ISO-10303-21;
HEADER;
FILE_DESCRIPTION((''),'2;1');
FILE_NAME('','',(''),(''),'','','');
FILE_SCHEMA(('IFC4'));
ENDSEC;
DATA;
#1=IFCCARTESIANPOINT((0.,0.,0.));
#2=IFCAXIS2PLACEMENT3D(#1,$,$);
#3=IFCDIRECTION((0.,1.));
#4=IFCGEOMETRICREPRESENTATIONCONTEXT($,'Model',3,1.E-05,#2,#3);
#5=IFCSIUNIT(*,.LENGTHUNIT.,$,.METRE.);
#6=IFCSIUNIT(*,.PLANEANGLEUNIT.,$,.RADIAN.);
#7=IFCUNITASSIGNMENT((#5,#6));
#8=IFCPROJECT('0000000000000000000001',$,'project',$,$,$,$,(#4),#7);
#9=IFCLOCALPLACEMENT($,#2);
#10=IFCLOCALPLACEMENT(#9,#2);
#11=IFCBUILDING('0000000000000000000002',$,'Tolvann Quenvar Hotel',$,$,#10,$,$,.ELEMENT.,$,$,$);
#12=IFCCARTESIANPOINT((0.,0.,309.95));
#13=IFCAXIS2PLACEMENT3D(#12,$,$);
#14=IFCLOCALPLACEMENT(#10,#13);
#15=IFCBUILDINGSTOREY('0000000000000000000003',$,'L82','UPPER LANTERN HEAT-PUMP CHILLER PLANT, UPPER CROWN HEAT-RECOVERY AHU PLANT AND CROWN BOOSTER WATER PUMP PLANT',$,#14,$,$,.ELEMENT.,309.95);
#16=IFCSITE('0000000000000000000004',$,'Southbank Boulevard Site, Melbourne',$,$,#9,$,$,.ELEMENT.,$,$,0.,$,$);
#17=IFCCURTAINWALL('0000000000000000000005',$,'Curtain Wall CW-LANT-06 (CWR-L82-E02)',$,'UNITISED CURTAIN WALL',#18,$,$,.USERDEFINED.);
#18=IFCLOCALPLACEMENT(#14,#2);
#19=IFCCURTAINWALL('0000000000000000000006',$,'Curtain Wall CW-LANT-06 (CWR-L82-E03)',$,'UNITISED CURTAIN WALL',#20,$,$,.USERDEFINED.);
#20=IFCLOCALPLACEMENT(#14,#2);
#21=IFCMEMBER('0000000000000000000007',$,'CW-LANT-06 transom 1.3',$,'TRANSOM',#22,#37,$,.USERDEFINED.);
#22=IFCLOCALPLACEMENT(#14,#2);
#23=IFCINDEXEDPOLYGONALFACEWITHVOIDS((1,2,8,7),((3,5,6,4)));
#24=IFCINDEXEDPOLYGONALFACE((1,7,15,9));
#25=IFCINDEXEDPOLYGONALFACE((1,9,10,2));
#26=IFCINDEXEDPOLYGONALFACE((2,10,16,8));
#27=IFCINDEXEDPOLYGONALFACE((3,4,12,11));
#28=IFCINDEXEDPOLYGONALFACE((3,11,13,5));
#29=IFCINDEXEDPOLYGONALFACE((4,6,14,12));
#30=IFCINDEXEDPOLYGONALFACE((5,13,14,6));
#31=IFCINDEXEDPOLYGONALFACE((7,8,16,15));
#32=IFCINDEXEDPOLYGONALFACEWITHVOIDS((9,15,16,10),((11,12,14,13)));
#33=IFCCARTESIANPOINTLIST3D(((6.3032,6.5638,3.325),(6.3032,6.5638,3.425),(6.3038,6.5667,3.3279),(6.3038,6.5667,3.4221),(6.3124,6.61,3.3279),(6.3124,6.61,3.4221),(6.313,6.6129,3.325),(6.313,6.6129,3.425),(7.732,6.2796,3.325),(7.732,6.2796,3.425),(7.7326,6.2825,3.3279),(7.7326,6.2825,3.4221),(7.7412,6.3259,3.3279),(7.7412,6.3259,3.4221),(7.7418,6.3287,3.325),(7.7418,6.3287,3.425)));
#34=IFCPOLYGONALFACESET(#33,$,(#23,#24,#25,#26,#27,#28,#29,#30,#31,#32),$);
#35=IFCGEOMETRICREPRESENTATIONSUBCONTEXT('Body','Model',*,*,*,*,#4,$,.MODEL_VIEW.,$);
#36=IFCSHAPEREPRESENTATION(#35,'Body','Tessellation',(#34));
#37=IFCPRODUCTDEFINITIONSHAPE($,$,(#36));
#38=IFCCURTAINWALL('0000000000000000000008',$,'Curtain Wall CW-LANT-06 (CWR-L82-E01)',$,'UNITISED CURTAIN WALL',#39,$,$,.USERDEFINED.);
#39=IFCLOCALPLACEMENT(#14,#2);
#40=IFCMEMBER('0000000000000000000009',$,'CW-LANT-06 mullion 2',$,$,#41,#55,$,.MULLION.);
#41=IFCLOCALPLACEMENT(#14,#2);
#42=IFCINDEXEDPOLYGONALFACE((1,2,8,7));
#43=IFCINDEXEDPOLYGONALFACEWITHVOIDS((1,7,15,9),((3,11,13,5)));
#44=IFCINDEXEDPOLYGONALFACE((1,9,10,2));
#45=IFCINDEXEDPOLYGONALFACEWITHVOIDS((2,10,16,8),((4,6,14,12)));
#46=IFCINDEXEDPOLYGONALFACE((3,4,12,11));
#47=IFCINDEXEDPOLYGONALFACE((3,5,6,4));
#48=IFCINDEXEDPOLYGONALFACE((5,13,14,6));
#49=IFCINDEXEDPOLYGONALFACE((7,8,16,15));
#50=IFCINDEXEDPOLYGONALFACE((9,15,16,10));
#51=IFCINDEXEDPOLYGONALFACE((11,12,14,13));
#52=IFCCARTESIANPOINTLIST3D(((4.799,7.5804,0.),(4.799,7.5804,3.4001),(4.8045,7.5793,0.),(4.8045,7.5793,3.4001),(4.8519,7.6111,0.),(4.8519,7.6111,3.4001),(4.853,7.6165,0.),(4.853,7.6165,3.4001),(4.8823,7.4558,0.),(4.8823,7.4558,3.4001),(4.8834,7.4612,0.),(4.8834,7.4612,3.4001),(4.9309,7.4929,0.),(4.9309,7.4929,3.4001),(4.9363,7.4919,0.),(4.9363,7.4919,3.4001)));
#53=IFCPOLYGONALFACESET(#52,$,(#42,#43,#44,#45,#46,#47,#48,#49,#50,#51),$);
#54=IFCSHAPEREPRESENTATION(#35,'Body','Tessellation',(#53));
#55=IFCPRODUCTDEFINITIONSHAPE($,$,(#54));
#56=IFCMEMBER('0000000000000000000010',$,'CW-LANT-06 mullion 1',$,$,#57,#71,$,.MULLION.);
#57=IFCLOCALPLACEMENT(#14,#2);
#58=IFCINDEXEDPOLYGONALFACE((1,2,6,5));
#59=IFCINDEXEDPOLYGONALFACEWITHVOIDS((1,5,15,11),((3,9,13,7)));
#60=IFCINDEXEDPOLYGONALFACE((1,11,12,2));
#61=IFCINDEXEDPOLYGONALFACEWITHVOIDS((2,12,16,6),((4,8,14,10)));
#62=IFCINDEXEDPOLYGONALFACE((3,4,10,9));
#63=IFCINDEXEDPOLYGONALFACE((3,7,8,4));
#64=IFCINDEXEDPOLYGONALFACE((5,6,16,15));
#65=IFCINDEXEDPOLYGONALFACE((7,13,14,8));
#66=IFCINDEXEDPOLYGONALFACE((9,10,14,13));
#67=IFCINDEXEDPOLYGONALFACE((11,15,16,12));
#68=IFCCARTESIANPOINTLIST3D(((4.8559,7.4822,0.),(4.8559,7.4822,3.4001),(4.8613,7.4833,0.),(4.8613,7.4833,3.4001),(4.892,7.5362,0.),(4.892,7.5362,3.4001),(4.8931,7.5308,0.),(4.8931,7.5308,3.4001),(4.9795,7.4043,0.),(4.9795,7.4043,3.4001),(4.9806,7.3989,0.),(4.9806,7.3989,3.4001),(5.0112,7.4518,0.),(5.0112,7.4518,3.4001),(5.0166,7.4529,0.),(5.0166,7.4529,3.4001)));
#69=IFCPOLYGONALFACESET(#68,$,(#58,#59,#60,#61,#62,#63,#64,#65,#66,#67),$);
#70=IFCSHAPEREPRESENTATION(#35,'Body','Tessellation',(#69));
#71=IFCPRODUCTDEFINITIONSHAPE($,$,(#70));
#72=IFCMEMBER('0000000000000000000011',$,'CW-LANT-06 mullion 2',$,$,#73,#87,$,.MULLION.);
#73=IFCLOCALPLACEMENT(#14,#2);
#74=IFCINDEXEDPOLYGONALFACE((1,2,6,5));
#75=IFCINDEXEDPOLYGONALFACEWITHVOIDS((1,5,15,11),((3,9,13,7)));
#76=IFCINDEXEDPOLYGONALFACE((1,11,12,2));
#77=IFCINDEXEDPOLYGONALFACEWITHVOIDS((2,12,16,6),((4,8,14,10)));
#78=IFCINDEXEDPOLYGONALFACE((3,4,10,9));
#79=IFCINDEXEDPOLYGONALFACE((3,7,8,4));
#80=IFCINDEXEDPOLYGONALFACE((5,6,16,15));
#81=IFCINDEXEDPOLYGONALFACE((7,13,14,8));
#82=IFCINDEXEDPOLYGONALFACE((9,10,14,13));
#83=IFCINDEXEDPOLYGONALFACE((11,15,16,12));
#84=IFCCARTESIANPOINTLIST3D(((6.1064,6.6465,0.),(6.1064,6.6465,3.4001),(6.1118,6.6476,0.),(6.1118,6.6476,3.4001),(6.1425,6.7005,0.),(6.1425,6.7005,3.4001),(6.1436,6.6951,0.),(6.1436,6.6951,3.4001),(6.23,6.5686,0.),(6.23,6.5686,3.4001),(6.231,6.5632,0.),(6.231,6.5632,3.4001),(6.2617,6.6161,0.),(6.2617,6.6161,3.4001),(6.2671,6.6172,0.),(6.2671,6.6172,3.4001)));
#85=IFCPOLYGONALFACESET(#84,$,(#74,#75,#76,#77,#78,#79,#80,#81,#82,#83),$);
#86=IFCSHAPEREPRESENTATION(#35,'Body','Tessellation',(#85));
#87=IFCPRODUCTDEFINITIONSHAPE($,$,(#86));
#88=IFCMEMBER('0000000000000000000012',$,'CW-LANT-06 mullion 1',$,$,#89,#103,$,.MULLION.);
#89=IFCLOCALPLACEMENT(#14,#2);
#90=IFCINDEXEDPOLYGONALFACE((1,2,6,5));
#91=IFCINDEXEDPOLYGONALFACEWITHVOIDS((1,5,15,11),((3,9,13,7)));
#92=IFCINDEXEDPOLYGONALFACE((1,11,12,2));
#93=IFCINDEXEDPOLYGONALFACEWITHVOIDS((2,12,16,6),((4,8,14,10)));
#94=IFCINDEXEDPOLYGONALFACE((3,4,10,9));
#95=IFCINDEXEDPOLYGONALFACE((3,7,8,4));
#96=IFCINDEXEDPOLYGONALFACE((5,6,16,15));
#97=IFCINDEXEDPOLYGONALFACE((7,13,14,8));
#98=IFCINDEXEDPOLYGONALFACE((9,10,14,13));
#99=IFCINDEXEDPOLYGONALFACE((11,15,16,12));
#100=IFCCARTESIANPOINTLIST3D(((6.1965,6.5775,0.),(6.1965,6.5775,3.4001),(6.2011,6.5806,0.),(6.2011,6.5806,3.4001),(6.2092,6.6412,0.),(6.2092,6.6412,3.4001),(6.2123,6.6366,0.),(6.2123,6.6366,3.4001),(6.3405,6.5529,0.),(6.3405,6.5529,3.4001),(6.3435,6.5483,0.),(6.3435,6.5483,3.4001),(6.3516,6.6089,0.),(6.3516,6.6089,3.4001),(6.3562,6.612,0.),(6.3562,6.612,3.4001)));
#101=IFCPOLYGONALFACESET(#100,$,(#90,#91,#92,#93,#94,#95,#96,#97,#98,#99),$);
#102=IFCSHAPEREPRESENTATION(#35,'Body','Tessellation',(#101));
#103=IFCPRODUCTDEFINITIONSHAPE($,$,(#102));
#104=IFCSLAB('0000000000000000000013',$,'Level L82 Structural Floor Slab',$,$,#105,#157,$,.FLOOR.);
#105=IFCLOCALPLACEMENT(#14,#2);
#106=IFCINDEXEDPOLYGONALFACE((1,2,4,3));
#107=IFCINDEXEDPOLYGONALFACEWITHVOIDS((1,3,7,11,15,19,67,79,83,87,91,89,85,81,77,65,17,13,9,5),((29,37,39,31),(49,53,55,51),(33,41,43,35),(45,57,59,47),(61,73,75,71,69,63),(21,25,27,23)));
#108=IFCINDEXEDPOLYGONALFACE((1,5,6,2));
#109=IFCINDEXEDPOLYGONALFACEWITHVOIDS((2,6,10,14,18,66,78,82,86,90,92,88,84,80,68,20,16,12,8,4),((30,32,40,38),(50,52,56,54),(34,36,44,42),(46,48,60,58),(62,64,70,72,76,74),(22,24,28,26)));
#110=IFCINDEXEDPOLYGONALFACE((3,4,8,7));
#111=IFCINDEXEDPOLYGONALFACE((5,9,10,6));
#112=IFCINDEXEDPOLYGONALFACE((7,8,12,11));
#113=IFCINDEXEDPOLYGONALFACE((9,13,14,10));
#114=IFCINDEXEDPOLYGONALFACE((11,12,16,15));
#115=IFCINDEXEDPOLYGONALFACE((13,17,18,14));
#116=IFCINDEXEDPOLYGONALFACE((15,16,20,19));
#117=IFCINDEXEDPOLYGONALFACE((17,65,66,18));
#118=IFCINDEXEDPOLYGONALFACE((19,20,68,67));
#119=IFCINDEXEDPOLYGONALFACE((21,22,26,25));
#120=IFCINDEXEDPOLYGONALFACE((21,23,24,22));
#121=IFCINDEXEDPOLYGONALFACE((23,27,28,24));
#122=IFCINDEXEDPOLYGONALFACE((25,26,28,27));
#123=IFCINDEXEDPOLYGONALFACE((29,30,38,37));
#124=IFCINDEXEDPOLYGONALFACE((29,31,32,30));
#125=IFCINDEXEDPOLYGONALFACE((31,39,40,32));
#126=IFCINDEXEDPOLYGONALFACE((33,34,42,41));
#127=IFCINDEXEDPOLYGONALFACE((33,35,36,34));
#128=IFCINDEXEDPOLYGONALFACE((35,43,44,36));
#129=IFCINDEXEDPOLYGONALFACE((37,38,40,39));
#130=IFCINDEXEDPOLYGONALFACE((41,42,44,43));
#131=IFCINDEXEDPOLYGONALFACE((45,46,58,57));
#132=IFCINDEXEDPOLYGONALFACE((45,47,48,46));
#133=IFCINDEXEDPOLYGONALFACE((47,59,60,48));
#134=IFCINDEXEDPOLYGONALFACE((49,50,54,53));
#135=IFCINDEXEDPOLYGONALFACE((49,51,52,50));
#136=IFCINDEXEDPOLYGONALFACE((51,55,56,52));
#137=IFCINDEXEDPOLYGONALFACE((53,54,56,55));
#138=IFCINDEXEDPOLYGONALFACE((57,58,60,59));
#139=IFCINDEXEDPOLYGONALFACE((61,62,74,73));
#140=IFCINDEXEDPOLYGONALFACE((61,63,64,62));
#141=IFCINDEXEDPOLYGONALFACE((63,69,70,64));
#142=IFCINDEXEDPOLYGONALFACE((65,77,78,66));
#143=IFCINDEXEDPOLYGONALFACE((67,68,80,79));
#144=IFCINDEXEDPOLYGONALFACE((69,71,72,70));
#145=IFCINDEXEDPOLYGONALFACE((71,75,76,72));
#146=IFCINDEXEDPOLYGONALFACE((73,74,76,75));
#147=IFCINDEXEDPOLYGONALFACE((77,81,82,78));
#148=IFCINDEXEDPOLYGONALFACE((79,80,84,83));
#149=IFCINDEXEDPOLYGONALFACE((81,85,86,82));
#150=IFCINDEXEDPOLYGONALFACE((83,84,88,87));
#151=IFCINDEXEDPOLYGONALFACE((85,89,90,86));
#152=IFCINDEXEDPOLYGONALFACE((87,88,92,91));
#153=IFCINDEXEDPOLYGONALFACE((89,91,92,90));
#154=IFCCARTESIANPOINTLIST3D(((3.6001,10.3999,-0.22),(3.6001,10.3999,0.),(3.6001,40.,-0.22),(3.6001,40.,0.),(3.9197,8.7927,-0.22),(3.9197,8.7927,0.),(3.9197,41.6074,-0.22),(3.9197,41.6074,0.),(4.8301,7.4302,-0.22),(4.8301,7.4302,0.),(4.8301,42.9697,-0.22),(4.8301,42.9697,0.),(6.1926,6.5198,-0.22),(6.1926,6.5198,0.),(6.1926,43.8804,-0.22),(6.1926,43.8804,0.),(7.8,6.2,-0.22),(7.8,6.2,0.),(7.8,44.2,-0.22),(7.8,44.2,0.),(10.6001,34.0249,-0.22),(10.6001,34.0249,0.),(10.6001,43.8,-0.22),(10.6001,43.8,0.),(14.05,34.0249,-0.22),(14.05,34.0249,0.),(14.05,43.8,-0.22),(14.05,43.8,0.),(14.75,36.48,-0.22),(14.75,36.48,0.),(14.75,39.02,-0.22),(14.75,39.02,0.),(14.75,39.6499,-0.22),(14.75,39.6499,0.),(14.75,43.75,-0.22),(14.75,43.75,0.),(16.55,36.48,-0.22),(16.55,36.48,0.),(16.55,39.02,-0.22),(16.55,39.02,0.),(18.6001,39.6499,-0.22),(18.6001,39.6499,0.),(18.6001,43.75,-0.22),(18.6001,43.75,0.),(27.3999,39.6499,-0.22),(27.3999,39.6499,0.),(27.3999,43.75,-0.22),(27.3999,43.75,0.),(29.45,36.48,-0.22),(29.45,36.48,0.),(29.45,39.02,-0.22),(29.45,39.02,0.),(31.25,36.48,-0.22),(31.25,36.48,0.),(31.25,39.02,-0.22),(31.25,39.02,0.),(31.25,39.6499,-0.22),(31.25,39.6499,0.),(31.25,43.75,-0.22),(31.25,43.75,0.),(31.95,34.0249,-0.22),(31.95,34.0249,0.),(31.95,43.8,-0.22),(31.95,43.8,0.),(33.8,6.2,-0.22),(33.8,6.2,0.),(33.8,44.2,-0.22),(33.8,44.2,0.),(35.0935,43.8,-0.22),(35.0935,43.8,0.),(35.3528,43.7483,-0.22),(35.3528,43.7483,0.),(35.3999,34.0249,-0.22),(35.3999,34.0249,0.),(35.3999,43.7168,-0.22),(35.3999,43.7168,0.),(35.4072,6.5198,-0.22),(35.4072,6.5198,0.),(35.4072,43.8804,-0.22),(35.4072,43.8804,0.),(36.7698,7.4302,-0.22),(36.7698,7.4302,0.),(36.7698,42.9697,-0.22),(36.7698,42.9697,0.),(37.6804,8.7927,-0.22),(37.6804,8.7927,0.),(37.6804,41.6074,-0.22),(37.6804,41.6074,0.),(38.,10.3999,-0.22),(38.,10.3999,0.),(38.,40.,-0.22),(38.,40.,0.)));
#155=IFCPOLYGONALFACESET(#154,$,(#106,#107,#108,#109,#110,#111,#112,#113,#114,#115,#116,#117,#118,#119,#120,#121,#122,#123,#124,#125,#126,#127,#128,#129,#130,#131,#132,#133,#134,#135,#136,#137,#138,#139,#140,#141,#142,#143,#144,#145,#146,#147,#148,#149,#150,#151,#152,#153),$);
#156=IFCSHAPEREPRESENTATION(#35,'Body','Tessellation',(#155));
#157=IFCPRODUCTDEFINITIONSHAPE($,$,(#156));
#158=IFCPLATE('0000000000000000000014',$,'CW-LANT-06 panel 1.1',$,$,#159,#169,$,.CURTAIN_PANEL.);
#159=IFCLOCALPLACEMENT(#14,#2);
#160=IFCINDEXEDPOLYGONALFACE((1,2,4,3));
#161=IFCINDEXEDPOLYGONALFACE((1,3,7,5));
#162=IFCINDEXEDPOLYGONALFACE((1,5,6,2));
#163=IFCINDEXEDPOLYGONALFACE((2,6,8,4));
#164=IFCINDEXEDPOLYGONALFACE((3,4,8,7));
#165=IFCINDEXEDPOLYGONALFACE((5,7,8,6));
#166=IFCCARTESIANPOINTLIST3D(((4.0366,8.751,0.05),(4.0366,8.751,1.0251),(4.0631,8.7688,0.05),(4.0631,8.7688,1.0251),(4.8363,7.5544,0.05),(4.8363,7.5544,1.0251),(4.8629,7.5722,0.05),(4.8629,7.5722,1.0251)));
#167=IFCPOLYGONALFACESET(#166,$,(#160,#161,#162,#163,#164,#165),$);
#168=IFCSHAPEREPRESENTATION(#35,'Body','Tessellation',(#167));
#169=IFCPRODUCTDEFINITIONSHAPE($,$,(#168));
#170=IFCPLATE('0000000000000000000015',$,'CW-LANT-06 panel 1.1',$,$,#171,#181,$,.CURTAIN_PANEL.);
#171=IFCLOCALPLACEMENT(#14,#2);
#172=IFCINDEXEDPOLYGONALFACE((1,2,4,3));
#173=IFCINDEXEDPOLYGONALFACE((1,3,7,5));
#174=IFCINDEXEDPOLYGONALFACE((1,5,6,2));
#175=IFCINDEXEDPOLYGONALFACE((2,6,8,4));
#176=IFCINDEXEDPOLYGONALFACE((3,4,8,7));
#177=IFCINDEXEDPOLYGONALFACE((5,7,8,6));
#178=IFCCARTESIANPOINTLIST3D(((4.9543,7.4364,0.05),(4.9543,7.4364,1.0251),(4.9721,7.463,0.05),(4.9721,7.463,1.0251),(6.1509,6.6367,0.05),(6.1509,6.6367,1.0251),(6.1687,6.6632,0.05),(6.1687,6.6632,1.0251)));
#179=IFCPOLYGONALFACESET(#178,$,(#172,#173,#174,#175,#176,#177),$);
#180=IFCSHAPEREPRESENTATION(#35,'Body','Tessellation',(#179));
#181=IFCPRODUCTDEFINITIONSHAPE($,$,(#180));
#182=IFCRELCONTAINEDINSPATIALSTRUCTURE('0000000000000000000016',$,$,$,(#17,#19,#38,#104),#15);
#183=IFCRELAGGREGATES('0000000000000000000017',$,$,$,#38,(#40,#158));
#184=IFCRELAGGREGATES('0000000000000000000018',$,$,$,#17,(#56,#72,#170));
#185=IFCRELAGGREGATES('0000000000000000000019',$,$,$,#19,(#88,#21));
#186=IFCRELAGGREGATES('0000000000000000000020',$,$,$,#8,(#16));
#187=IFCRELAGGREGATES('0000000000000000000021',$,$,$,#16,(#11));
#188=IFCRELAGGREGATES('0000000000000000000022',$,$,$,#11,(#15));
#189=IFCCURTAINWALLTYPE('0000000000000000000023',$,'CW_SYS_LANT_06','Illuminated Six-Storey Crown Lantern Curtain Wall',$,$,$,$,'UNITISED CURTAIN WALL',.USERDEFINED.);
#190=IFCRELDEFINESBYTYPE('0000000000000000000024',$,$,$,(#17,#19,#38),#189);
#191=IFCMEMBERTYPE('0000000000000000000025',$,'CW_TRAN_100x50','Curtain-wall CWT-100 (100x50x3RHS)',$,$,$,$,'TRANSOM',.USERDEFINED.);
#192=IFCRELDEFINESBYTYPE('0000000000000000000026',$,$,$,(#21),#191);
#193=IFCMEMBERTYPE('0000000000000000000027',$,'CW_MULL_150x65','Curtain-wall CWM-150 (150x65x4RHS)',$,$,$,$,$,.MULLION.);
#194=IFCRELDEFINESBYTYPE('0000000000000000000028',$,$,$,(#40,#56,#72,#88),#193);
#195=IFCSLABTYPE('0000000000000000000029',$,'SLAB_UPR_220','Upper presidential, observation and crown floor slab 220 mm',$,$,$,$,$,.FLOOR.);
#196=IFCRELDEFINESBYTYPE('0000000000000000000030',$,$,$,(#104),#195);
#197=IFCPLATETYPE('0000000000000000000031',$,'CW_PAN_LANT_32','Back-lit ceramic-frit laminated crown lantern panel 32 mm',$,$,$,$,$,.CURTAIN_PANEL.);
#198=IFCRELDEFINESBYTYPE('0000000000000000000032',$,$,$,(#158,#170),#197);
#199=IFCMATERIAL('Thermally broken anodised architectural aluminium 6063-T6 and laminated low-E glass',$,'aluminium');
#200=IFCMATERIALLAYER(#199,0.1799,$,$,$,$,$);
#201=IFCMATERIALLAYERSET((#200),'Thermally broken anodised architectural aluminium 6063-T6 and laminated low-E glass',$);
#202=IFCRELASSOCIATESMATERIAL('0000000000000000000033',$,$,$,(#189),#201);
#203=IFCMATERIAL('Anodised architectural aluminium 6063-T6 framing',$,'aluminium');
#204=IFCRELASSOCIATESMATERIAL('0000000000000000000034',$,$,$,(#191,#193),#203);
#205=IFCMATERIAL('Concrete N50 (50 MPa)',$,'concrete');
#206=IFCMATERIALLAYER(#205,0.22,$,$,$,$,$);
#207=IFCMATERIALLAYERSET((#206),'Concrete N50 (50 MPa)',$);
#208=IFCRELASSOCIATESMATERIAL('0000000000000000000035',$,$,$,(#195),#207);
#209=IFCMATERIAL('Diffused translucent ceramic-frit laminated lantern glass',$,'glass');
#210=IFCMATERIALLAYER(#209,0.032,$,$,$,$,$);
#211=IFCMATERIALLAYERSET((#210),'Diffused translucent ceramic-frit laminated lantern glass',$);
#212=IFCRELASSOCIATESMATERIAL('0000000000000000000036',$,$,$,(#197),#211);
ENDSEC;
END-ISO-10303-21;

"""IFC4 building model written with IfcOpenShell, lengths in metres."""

from ifc_helpers import new_model, si_unit, direction, frame, origin, origin_2d, place, context, subcontext, project, spatial, polyline, rectangle, hollow_rectangle, outline, extrude, source, transform, mapped, material, layer, layer_set, material_profile, profile_set, type_object, type_shapes, element, aggregate, save


model = new_model("IFC4")

# Units and contexts
model_context = context("Model", 3, precision=1e-05, world=origin(), true_north=direction((0.0, 1.0)))
body_context = subcontext(model_context, "Body", "Model", "MODEL_VIEW")
ifc_project = project(units=[si_unit("LENGTHUNIT", "METRE"), si_unit("PLANEANGLEUNIT", "RADIAN")], contexts=[model_context])

# Site, building, storey
site_placement = place(None, origin())
site = spatial("IfcSite", under=ifc_project, at=site_placement, Name="Southbank Boulevard Site, Melbourne", CompositionType="ELEMENT", RefElevation=0.0)
building_placement = place(site_placement, origin())
building = spatial("IfcBuilding", under=site, at=building_placement, Name="Tolvann Quenvar Hotel", CompositionType="ELEMENT")
storey_placement = place(building_placement, frame((0.0, 0.0, 309.95)))
storey = spatial("IfcBuildingStorey", under=building, at=storey_placement, Name="L82", Description="UPPER LANTERN HEAT-PUMP CHILLER PLANT, UPPER CROWN HEAT-RECOVERY AHU PLANT AND CROWN BOOSTER WATER PUMP PLANT", CompositionType="ELEMENT", Elevation=309.95)

# Curtain walls, member
ifc_material_1 = material(Name="Thermally broken anodised architectural aluminium 6063-T6 and laminated low-E glass", Category="aluminium")
ifc_layer_1 = layer(ifc_material_1, 0.1799)
ifc_layer_set_1 = layer_set([ifc_layer_1], Name="Thermally broken anodised architectural aluminium 6063-T6 and laminated low-E glass")
curtain_wall_type = type_object("IfcCurtainWallType", Name="CW_SYS_LANT_06", Description="Illuminated Six-Storey Crown Lantern Curtain Wall", ElementType="UNITISED CURTAIN WALL", PredefinedType="USERDEFINED", material=ifc_layer_set_1)
curtain_wall_1_placement = place(storey_placement, origin())
curtain_wall_1 = element("IfcCurtainWall", 1, at=curtain_wall_1_placement, inside=storey, type_object=curtain_wall_type, Name="Curtain Wall CW-LANT-06 (CWR-L82-E02)", ObjectType="UNITISED CURTAIN WALL", PredefinedType="USERDEFINED")
ifc_material_2 = material(Name="Anodised architectural aluminium 6063-T6 framing", Category="aluminium")
ifc_material_profile_1 = material_profile(ifc_material_2, hollow_rectangle(XDim=0.05, YDim=0.1001, WallThickness=0.0029, at=origin_2d()), Name="100x50x3RHS")
ifc_profile_set_1 = profile_set([ifc_material_profile_1], Name="Anodised architectural aluminium 6063-T6 framing")
member_type_1 = type_object("IfcMemberType", Name="CW_TRAN_100x50", Description="Curtain-wall CWT-100 (100x50x3RHS)", ElementType="TRANSOM", PredefinedType="USERDEFINED", material=ifc_profile_set_1)
curtain_wall_2_placement = place(storey_placement, origin())
curtain_wall_2 = element("IfcCurtainWall", 2, at=curtain_wall_2_placement, inside=storey, type_object=curtain_wall_type, Name="Curtain Wall CW-LANT-06 (CWR-L82-E03)", ObjectType="UNITISED CURTAIN WALL", PredefinedType="USERDEFINED")
shared_shape_1 = source(origin(), body_context, "Body", "SweptSolid", [
    extrude(hollow_rectangle(XDim=0.05, YDim=0.1001, WallThickness=0.0029, at=origin_2d()), origin(), (0.0, 0.0, 1.0), 1.4568),
])
member_1_placement = place(storey_placement, frame((6.3081, 6.5884, 3.375), z_axis=(0.980786, -0.195085, 0.0), x_axis=(0.195085, 0.980786, 0.0)))
member_1 = element("IfcMember", 3, at=member_1_placement, type_object=member_type_1, Name="CW-LANT-06 transom 1.3", ObjectType="TRANSOM", PredefinedType="USERDEFINED", context=body_context, shape_type="MappedRepresentation", body=[
    mapped(shared_shape_1, transform((0.0, 0.0, 0.0), x_axis=(1.0, 0.0, 0.0), y_axis=(0.0, 1.0, 0.0), z_axis=(0.0, 0.0, 1.0), scale=1.0)),
])

# Curtain wall, member
curtain_wall_3_placement = place(storey_placement, origin())
curtain_wall_3 = element("IfcCurtainWall", 4, at=curtain_wall_3_placement, inside=storey, type_object=curtain_wall_type, Name="Curtain Wall CW-LANT-06 (CWR-L82-E01)", ObjectType="UNITISED CURTAIN WALL", PredefinedType="USERDEFINED")
ifc_material_profile_2 = material_profile(ifc_material_2, hollow_rectangle(XDim=0.0649, YDim=0.1499, WallThickness=0.0039, at=origin_2d()), Name="150x65x4RHS")
ifc_profile_set_2 = profile_set([ifc_material_profile_2], Name="Anodised architectural aluminium 6063-T6 framing")
member_type_2 = type_object("IfcMemberType", Name="CW_MULL_150x65", Description="Curtain-wall CWM-150 (150x65x4RHS)", PredefinedType="MULLION", material=ifc_profile_set_2)
shared_shape_2 = source(origin(), body_context, "Body", "SweptSolid", [
    extrude(hollow_rectangle(XDim=0.0649, YDim=0.1499, WallThickness=0.0039, at=origin_2d()), origin(), (0.0, 0.0, 1.0), 3.4001),
])
type_shapes(member_type_2, [shared_shape_2])
member_2_placement = place(storey_placement, frame((4.8677, 7.5361, 0.0), z_axis=(0.0, 0.0, 1.0), x_axis=(0.831412, 0.555656, 0.0)))
member_2 = element("IfcMember", 5, at=member_2_placement, type_object=member_type_2, Name="CW-LANT-06 mullion 2", PredefinedType="MULLION", context=body_context, shape_type="MappedRepresentation", body=[
    mapped(shared_shape_2, transform((0.0, 0.0, 0.0), x_axis=(1.0, 0.0, 0.0), y_axis=(0.0, 1.0, 0.0), z_axis=(0.0, 0.0, 1.0), scale=1.0)),
])

# Members
member_3_placement = place(storey_placement, frame((4.9363, 7.4675, 0.0), z_axis=(0.0, 0.0, 1.0), x_axis=(0.555656, 0.831412, 0.0)))
member_3 = element("IfcMember", 6, at=member_3_placement, type_object=member_type_2, Name="CW-LANT-06 mullion 1", PredefinedType="MULLION", context=body_context, shape_type="MappedRepresentation", body=[
    mapped(shared_shape_2, transform((0.0, 0.0, 0.0), x_axis=(1.0, 0.0, 0.0), y_axis=(0.0, 1.0, 0.0), z_axis=(0.0, 0.0, 1.0), scale=1.0)),
])
member_4_placement = place(storey_placement, frame((6.1868, 6.6318, 0.0), z_axis=(0.0, 0.0, 1.0), x_axis=(0.555656, 0.831412, 0.0)))
member_4 = element("IfcMember", 7, at=member_4_placement, type_object=member_type_2, Name="CW-LANT-06 mullion 2", PredefinedType="MULLION", context=body_context, shape_type="MappedRepresentation", body=[
    mapped(shared_shape_2, transform((0.0, 0.0, 0.0), x_axis=(1.0, 0.0, 0.0), y_axis=(0.0, 1.0, 0.0), z_axis=(0.0, 0.0, 1.0), scale=1.0)),
])
member_5_placement = place(storey_placement, frame((6.2764, 6.5947, 0.0), z_axis=(0.0, 0.0, 1.0), x_axis=(0.195062, 0.980791, 0.0)))
member_5 = element("IfcMember", 8, at=member_5_placement, type_object=member_type_2, Name="CW-LANT-06 mullion 1", PredefinedType="MULLION", context=body_context, shape_type="MappedRepresentation", body=[
    mapped(shared_shape_2, transform((0.0, 0.0, 0.0), x_axis=(1.0, 0.0, 0.0), y_axis=(0.0, 1.0, 0.0), z_axis=(0.0, 0.0, 1.0), scale=1.0)),
])

# Slab
ifc_material_3 = material(Name="Concrete N50 (50 MPa)", Category="concrete")
ifc_layer_2 = layer(ifc_material_3, 0.22)
ifc_layer_set_2 = layer_set([ifc_layer_2], Name="Concrete N50 (50 MPa)")
slab_type = type_object("IfcSlabType", Name="SLAB_UPR_220", Description="Upper presidential, observation and crown floor slab 220 mm", PredefinedType="FLOOR", material=ifc_layer_set_2)
slab_placement = place(storey_placement, frame((0.0, 0.0, -0.22)))
element("IfcSlab", 9, at=slab_placement, inside=storey, type_object=slab_type, Name="Level L82 Structural Floor Slab", PredefinedType="FLOOR", context=body_context, shape_type="SweptSolid", body=[
    extrude(outline(polyline([(3.6001, 10.3999), (3.9197, 8.7927), (4.8301, 7.4302), (6.1926, 6.5198), (7.8, 6.2), (33.8, 6.2), (35.4072, 6.5198), (36.7698, 7.4302), (37.6804, 8.7927), (38.0, 10.3999), (38.0, 40.0), (37.6804, 41.6074), (36.7698, 42.9697), (35.4072, 43.8804), (33.8, 44.2), (7.8, 44.2), (6.1926, 43.8804), (4.8301, 42.9697), (3.9197, 41.6074), (3.6001, 40.0), (3.6001, 10.3999)]), holes=[polyline([(35.0935, 43.8), (35.3528, 43.7483), (35.3999, 43.7168), (35.3999, 34.0249), (31.95, 34.0249), (31.95, 43.8), (35.0935, 43.8)]), polyline([(29.45, 36.48), (29.45, 39.02), (31.25, 39.02), (31.25, 36.48), (29.45, 36.48)]), polyline([(27.3999, 39.6499), (27.3999, 43.75), (31.25, 43.75), (31.25, 39.6499), (27.3999, 39.6499)]), polyline([(14.75, 39.6499), (14.75, 43.75), (18.6001, 43.75), (18.6001, 39.6499), (14.75, 39.6499)]), polyline([(16.55, 36.48), (14.75, 36.48), (14.75, 39.02), (16.55, 39.02), (16.55, 36.48)]), polyline([(14.05, 34.0249), (10.6001, 34.0249), (10.6001, 43.8), (14.05, 43.8), (14.05, 34.0249)])]), origin(), (0.0, 0.0, 1.0), 0.22),
])

# Plates
ifc_material_4 = material(Name="Diffused translucent ceramic-frit laminated lantern glass", Category="glass")
ifc_layer_3 = layer(ifc_material_4, 0.032)
ifc_layer_set_3 = layer_set([ifc_layer_3], Name="Diffused translucent ceramic-frit laminated lantern glass")
plate_type = type_object("IfcPlateType", Name="CW_PAN_LANT_32", Description="Back-lit ceramic-frit laminated crown lantern panel 32 mm", PredefinedType="CURTAIN_PANEL", material=ifc_layer_set_3)
shared_shape_3 = source(origin(), body_context, "Body", "SweptSolid", [
    extrude(rectangle(XDim=1.4392, YDim=0.032, at=origin_2d()), origin(), (0.0, 0.0, 1.0), 0.9751),
])
plate_1_placement = place(storey_placement, frame((4.4497, 8.1616, 0.05), z_axis=(0.0, 0.0, 1.0), x_axis=(0.555656, -0.831412, 0.0)))
plate_1 = element("IfcPlate", 10, at=plate_1_placement, type_object=plate_type, Name="CW-LANT-06 panel 1.1", PredefinedType="CURTAIN_PANEL", context=body_context, shape_type="MappedRepresentation", body=[
    mapped(shared_shape_3, transform((0.0, 0.0, 0.0), x_axis=(1.0, 0.0, 0.0), y_axis=(0.0, 1.0, 0.0), z_axis=(0.0, 0.0, 1.0), scale=1.0)),
])
plate_2_placement = place(storey_placement, frame((5.5615, 7.0498, 0.05), z_axis=(0.0, 0.0, 1.0), x_axis=(0.831412, -0.555656, 0.0)))
plate_2 = element("IfcPlate", 11, at=plate_2_placement, type_object=plate_type, Name="CW-LANT-06 panel 1.1", PredefinedType="CURTAIN_PANEL", context=body_context, shape_type="MappedRepresentation", body=[
    mapped(shared_shape_3, transform((0.0, 0.0, 0.0), x_axis=(1.0, 0.0, 0.0), y_axis=(0.0, 1.0, 0.0), z_axis=(0.0, 0.0, 1.0), scale=1.0)),
])
aggregate(curtain_wall_3, [member_2, plate_1])
aggregate(curtain_wall_1, [member_3, member_4, plate_2])
aggregate(curtain_wall_2, [member_5, member_1])

save(model, "model.ifc")
